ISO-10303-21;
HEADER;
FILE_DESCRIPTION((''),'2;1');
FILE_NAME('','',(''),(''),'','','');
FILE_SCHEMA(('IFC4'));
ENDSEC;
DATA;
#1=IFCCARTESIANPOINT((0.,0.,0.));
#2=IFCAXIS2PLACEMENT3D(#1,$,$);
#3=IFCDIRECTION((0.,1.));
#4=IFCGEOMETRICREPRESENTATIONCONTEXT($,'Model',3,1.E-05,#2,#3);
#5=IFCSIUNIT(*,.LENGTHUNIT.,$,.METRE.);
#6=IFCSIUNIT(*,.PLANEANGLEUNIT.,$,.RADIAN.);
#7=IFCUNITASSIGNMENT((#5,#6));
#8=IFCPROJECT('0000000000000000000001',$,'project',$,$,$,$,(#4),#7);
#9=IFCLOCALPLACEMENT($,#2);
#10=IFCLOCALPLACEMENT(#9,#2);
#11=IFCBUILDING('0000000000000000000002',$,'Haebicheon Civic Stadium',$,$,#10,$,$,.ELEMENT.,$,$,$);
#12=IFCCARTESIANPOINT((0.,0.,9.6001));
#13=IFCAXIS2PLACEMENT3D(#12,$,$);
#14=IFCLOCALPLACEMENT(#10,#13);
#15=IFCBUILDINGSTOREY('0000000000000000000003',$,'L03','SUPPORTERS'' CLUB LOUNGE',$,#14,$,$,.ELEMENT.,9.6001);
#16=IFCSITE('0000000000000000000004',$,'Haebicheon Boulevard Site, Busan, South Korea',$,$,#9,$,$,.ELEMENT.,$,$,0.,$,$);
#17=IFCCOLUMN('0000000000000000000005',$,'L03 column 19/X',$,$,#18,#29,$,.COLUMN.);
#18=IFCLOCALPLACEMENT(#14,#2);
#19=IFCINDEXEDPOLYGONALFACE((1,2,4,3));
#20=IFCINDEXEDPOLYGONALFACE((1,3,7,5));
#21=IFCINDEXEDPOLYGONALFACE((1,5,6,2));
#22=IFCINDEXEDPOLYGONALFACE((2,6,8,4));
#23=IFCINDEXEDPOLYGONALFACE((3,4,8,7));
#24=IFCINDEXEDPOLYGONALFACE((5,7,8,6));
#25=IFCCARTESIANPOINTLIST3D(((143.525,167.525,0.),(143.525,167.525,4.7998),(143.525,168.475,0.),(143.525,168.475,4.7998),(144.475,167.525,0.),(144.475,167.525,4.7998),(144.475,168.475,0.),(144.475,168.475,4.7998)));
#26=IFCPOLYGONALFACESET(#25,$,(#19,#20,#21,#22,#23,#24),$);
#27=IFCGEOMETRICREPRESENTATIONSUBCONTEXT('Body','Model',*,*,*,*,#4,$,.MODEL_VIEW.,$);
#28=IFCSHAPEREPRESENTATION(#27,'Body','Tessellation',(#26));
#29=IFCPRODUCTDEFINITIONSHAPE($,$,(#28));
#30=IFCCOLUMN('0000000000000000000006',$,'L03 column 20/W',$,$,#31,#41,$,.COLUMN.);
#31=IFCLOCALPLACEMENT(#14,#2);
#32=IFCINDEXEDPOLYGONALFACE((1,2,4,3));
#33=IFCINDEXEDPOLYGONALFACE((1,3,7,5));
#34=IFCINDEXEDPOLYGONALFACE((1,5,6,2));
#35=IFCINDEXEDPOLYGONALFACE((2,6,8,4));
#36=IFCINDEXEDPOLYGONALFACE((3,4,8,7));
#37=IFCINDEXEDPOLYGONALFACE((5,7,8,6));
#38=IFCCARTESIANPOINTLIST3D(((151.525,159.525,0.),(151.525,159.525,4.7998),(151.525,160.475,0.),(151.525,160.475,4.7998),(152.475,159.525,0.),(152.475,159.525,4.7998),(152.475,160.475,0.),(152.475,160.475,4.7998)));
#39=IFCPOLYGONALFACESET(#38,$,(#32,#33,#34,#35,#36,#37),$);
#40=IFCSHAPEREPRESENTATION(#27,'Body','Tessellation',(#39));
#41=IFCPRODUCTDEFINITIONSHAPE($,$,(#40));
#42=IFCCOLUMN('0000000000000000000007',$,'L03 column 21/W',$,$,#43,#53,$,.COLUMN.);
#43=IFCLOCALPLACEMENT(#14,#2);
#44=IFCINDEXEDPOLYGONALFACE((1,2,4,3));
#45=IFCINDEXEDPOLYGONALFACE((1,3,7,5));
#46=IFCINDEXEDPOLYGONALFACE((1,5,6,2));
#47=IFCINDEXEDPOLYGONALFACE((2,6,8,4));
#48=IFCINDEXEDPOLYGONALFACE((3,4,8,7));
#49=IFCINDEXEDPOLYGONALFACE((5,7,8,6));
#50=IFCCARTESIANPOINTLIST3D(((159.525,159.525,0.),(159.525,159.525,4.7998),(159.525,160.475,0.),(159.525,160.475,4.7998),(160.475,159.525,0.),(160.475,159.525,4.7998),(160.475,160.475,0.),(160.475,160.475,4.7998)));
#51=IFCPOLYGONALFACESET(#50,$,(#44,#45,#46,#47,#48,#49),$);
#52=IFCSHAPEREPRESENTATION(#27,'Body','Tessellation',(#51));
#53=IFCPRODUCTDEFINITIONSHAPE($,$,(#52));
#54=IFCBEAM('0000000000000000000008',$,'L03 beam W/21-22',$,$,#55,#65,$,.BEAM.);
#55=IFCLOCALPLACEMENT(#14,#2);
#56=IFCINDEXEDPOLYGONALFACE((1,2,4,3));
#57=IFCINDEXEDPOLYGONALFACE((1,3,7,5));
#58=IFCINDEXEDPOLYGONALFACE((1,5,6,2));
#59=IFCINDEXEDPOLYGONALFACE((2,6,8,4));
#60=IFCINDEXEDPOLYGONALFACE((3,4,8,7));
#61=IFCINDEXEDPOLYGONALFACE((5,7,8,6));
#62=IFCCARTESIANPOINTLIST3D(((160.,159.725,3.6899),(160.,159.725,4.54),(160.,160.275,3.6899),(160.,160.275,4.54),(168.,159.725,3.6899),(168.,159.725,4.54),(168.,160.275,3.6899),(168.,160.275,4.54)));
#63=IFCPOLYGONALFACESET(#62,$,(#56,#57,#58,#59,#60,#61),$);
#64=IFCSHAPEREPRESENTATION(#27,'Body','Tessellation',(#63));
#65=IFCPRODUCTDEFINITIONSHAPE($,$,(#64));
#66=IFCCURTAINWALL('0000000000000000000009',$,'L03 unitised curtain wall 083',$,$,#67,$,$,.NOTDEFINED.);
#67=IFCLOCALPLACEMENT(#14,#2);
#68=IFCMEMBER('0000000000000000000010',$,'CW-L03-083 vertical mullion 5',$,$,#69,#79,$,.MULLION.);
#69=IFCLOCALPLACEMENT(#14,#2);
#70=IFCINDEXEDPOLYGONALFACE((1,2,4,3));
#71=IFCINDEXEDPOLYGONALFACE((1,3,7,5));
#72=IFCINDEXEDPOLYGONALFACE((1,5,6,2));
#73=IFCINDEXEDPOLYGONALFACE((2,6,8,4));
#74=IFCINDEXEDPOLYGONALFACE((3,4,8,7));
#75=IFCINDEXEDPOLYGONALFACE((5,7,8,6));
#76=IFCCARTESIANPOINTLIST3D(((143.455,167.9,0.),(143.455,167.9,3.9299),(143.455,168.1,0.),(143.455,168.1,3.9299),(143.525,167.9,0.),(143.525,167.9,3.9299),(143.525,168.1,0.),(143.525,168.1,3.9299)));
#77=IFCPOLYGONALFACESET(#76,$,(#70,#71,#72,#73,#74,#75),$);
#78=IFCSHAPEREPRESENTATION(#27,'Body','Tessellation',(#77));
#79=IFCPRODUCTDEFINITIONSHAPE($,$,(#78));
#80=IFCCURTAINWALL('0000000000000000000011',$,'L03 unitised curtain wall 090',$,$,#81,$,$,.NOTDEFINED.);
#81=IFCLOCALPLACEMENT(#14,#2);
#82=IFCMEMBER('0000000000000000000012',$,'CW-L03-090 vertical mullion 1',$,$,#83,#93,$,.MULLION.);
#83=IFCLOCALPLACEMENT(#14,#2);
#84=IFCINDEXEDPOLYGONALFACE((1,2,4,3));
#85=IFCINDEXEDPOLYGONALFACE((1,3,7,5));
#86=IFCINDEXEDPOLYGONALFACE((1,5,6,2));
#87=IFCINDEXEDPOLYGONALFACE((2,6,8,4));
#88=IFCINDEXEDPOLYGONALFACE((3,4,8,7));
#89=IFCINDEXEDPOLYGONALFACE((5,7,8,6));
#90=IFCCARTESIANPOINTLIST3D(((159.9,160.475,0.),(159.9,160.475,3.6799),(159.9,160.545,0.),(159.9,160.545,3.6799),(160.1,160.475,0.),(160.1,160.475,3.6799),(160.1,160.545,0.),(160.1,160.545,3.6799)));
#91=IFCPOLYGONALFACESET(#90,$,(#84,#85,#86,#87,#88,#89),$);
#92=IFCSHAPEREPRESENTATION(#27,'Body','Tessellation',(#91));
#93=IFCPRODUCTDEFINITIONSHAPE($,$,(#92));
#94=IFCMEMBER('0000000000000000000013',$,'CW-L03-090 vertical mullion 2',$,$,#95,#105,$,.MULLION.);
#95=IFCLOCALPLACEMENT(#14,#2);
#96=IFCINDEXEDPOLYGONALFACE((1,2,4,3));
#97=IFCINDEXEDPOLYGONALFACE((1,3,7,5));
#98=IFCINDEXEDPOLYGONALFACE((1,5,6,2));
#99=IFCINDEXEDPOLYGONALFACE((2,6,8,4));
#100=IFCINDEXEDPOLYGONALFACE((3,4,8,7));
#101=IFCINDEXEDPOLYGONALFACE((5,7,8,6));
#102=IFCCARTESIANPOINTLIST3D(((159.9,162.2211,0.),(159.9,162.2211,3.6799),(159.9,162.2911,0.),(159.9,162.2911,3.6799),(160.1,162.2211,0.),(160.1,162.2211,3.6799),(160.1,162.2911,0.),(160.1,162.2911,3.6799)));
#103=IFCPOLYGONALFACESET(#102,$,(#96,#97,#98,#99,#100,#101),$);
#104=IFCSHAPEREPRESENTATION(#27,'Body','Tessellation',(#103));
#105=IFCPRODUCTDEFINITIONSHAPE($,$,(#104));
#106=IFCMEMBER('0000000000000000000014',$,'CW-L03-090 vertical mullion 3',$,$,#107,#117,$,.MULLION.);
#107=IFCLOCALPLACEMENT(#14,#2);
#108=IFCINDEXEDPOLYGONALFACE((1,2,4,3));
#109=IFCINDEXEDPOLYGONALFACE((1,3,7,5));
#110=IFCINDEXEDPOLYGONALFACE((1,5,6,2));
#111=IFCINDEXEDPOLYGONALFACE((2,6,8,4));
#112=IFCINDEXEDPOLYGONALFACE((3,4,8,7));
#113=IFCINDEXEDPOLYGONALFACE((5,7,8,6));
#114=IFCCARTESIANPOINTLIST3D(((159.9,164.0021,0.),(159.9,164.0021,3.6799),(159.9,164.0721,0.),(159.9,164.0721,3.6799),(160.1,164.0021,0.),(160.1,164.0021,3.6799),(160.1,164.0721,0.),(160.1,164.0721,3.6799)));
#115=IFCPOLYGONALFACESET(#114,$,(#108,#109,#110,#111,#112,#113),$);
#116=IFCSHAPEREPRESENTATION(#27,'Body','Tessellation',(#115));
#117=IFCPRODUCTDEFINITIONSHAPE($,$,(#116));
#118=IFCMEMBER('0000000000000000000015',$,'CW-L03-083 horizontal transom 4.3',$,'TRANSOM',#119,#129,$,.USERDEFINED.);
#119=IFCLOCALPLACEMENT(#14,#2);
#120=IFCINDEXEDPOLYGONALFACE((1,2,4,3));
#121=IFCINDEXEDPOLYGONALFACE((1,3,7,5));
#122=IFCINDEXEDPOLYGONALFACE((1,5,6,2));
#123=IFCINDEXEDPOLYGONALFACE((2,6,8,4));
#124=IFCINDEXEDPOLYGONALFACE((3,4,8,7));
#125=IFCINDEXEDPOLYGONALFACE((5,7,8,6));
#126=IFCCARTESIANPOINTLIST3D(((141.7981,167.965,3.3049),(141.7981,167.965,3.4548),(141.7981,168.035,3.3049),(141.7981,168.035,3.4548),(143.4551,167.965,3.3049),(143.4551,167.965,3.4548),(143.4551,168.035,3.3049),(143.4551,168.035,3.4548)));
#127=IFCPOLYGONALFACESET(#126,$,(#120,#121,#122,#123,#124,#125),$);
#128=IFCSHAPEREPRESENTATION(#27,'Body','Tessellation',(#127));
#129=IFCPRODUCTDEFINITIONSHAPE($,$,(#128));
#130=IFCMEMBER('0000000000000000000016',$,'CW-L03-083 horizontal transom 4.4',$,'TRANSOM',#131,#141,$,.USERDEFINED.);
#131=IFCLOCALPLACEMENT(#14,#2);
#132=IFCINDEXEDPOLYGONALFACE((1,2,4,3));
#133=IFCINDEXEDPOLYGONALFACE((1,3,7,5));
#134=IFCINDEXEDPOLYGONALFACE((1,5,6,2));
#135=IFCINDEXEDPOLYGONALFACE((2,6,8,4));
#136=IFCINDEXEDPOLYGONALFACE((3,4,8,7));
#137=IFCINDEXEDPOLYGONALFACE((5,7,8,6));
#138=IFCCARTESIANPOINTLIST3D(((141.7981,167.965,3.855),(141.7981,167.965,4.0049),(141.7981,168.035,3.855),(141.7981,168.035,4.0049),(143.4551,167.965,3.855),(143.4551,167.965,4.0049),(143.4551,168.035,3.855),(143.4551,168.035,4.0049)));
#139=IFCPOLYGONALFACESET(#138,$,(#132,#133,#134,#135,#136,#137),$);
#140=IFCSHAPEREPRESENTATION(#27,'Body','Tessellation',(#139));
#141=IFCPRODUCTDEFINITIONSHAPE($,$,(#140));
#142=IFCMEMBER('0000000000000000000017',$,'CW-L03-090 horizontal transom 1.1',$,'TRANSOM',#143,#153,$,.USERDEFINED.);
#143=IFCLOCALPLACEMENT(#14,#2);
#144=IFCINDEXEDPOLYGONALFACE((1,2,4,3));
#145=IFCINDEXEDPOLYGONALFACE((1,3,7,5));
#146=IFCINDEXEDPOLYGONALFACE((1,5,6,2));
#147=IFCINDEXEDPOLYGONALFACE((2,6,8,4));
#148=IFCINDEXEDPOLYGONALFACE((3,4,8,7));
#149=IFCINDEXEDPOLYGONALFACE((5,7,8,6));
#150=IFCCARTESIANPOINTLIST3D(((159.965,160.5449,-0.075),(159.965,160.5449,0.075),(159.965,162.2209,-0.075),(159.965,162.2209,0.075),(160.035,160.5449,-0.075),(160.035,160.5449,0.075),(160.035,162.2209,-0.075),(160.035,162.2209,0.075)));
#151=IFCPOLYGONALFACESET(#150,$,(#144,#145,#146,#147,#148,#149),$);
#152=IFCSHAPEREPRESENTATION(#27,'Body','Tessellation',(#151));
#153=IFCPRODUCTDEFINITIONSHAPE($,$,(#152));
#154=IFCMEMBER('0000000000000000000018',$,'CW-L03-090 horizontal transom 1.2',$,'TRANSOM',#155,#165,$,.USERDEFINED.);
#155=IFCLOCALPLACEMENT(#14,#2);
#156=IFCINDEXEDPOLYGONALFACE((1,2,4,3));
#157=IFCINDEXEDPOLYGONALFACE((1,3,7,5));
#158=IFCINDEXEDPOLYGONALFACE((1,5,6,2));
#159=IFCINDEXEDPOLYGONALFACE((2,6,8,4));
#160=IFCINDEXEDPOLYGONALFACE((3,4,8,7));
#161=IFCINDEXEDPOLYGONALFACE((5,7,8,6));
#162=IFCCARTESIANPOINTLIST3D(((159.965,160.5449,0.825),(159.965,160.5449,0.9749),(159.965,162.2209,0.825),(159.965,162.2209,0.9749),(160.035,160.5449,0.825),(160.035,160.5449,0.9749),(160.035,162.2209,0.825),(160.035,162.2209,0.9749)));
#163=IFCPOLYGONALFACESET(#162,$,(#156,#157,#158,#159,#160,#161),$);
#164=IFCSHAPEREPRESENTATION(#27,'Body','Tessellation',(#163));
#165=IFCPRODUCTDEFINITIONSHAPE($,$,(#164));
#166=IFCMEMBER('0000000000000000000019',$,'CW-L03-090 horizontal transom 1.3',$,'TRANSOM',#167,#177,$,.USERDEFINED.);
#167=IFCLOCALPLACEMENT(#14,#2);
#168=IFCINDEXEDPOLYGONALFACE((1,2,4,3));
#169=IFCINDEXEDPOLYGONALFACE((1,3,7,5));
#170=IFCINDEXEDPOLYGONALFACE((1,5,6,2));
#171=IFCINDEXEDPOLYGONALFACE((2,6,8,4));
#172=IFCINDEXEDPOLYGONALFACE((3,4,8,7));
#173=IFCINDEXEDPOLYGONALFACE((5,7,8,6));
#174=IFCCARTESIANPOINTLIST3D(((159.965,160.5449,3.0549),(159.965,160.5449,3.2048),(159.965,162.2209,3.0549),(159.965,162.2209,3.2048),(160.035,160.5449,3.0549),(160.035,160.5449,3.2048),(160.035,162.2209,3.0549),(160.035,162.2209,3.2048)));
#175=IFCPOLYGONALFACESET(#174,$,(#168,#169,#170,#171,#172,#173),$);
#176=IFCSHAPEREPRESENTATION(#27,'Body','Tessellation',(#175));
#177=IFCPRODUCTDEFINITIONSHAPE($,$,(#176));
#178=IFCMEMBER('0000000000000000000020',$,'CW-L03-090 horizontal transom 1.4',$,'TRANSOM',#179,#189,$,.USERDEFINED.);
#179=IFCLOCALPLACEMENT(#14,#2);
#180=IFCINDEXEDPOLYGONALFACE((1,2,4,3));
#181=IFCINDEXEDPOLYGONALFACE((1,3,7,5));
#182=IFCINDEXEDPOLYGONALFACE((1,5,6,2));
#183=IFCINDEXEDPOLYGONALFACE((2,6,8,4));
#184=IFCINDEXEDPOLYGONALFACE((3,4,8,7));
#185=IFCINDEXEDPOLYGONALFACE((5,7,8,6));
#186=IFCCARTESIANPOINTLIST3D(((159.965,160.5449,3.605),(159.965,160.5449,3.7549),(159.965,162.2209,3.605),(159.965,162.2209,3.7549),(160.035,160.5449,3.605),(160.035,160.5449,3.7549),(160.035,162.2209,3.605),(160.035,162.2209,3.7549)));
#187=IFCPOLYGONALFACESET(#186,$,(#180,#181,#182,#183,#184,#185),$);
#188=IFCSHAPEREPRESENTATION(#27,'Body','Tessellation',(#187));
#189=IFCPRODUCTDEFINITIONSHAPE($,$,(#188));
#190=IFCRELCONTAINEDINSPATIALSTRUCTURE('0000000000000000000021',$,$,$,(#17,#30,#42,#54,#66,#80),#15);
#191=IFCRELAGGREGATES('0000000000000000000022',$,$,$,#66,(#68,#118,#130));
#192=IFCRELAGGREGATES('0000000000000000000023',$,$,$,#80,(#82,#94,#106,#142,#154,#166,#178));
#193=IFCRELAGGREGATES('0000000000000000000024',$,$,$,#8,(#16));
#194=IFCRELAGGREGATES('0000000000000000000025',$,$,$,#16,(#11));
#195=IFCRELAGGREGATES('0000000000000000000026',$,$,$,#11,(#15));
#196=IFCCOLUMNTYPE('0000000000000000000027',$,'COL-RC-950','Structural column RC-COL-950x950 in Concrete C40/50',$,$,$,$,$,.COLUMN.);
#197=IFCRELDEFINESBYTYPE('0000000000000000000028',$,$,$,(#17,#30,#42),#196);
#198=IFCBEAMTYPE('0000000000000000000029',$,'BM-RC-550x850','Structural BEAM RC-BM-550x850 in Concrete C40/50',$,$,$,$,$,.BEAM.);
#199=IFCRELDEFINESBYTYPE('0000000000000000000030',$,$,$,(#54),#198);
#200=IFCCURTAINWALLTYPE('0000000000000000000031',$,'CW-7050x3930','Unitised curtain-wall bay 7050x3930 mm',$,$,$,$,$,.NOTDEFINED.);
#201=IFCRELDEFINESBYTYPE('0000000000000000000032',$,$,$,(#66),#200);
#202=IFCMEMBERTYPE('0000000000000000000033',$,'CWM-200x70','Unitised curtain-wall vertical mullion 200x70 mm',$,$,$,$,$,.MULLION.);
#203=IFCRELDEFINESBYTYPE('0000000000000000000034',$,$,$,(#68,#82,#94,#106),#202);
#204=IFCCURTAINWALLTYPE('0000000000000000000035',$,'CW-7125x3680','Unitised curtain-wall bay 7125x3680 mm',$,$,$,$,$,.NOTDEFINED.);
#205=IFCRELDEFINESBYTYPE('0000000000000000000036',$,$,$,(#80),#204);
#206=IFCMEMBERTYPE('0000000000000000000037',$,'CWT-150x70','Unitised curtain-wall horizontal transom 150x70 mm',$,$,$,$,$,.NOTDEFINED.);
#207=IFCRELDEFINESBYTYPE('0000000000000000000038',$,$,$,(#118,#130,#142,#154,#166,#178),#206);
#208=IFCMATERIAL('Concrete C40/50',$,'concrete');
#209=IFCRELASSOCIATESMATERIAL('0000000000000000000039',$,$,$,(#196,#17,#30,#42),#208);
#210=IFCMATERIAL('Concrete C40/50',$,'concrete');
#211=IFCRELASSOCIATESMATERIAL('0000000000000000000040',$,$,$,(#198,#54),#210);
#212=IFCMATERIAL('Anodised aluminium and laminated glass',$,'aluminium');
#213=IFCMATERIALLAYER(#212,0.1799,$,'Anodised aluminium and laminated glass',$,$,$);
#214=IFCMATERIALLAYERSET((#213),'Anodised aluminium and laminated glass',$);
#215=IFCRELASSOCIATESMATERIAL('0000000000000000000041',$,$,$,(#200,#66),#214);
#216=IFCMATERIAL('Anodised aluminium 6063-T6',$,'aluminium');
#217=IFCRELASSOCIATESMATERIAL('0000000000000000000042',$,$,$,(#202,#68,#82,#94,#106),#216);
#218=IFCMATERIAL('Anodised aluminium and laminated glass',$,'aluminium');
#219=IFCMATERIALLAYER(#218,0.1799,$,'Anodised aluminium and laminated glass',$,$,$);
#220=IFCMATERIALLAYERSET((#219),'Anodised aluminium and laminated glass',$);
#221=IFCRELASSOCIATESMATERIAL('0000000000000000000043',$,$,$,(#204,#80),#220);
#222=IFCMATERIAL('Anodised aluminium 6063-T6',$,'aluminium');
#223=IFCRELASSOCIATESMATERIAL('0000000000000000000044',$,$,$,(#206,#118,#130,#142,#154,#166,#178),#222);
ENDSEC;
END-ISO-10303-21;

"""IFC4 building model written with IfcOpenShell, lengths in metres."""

from ifc_helpers import new_model, si_unit, direction, frame, origin, origin_2d, place, context, subcontext, project, spatial, rectangle, extrude, material, layer, layer_set, material_profile, profile_set, type_object, element, aggregate, save


model = new_model("IFC4")

# Units and contexts
model_context = context("Model", 3, precision=1e-05, world=origin(), true_north=direction((0.0, 1.0)))
body_context = subcontext(model_context, "Body", "Model", "MODEL_VIEW")
ifc_project = project(units=[si_unit("LENGTHUNIT", "METRE"), si_unit("PLANEANGLEUNIT", "RADIAN")], contexts=[model_context])

# Site, building, storey
site_placement = place(None, origin())
site = spatial("IfcSite", under=ifc_project, at=site_placement, Name="Haebicheon Boulevard Site, Busan, South Korea", CompositionType="ELEMENT", RefElevation=0.0)
building_placement = place(site_placement, origin())
building = spatial("IfcBuilding", under=site, at=building_placement, Name="Haebicheon Civic Stadium", CompositionType="ELEMENT")
storey_placement = place(building_placement, frame((0.0, 0.0, 9.6001)))
storey = spatial("IfcBuildingStorey", under=building, at=storey_placement, Name="L03", Description="SUPPORTERS' CLUB LOUNGE", CompositionType="ELEMENT", Elevation=9.6001)

# Columns
ifc_material_1 = material(Name="Concrete C40/50", Category="concrete")
ifc_material_profile_1 = material_profile(ifc_material_1, rectangle(XDim=0.95, YDim=0.95, at=origin_2d()), Name="RC-COL-950x950")
ifc_profile_set_1 = profile_set([ifc_material_profile_1], Name="Concrete C40/50")
column_type = type_object("IfcColumnType", Name="COL-RC-950", Description="Structural column RC-COL-950x950 in Concrete C40/50", PredefinedType="COLUMN", material=ifc_profile_set_1)
for number, where, z_axis, x_axis, name in (
    (1, (144.0, 168.0, 0.0), (0.0, 0.0, 1.0), (1.0, 0.0, 0.0), "L03 column 19/X"),
    (2, (152.0, 160.0, 0.0), (0.0, 0.0, 1.0), (1.0, 0.0, 0.0), "L03 column 20/W"),
    (3, (160.0, 160.0, 0.0), (0.0, 0.0, 1.0), (1.0, 0.0, 0.0), "L03 column 21/W"),
):
    element("IfcColumn", number, at=place(storey_placement, frame(where, z_axis=z_axis, x_axis=x_axis)), inside=storey, type_object=column_type, material=ifc_profile_set_1, Name=name, PredefinedType="COLUMN", context=body_context, shape_type="SweptSolid", body=[
        extrude(rectangle(XDim=0.95, YDim=0.95, at=origin_2d()), origin(), (0.0, 0.0, 1.0), 4.7998),
    ])

# Beam
ifc_material_2 = material(Name="Concrete C40/50", Category="concrete")
ifc_material_profile_2 = material_profile(ifc_material_2, rectangle(XDim=0.55, YDim=0.8501, at=origin_2d()), Name="RC-BM-550x850")
ifc_profile_set_2 = profile_set([ifc_material_profile_2], Name="Concrete C40/50")
beam_type_1 = type_object("IfcBeamType", Name="BM-RC-550x850", Description="Structural BEAM RC-BM-550x850 in Concrete C40/50", PredefinedType="BEAM", material=ifc_profile_set_2)
beam_placement = place(storey_placement, frame((160.0, 160.0, 4.115), z_axis=(1.0, 0.0, 0.0), x_axis=(0.0, 1.0, 0.0)))
element("IfcBeam", 4, at=beam_placement, inside=storey, type_object=beam_type_1, material=ifc_profile_set_2, Name="L03 beam W/21-22", PredefinedType="BEAM", context=body_context, shape_type="SweptSolid", body=[
    extrude(rectangle(XDim=0.55, YDim=0.8501, at=origin_2d()), origin(), (0.0, 0.0, 1.0), 8.0),
])

# Curtain wall, member
ifc_material_3 = material(Name="Anodised aluminium and laminated glass", Category="aluminium")
ifc_layer_1 = layer(ifc_material_3, 0.1799, Name="Anodised aluminium and laminated glass")
ifc_layer_set_1 = layer_set([ifc_layer_1], Name="Anodised aluminium and laminated glass")
curtain_wall_type_1 = type_object("IfcCurtainWallType", Name="CW-7050x3930", Description="Unitised curtain-wall bay 7050x3930 mm", PredefinedType="NOTDEFINED", material=ifc_layer_set_1)
curtain_wall_1_placement = place(storey_placement, origin())
curtain_wall_1 = element("IfcCurtainWall", 5, at=curtain_wall_1_placement, inside=storey, type_object=curtain_wall_type_1, material=ifc_layer_set_1, Name="L03 unitised curtain wall 083", PredefinedType="NOTDEFINED")
ifc_material_4 = material(Name="Anodised aluminium 6063-T6", Category="aluminium")
ifc_material_profile_3 = material_profile(ifc_material_4, rectangle(XDim=0.0701, YDim=0.2, at=origin_2d()), Name="ALU-MULL-70x200")
ifc_profile_set_3 = profile_set([ifc_material_profile_3], Name="Anodised aluminium 6063-T6")
member_type_1 = type_object("IfcMemberType", Name="CWM-200x70", Description="Unitised curtain-wall vertical mullion 200x70 mm", PredefinedType="MULLION", material=ifc_profile_set_3)
member_1_placement = place(storey_placement, frame((143.49, 168.0, 0.0), z_axis=(0.0, 0.0, 1.0), x_axis=(1.0, 0.0, 0.0)))
member_1 = element("IfcMember", 6, at=member_1_placement, type_object=member_type_1, material=ifc_profile_set_3, Name="CW-L03-083 vertical mullion 5", PredefinedType="MULLION", context=body_context, shape_type="SweptSolid", body=[
    extrude(rectangle(XDim=0.0701, YDim=0.2, at=origin_2d()), origin(), (0.0, 0.0, 1.0), 3.9299),
])

# Curtain wall, members
ifc_material_5 = material(Name="Anodised aluminium and laminated glass", Category="aluminium")
ifc_layer_2 = layer(ifc_material_5, 0.1799, Name="Anodised aluminium and laminated glass")
ifc_layer_set_2 = layer_set([ifc_layer_2], Name="Anodised aluminium and laminated glass")
curtain_wall_type_2 = type_object("IfcCurtainWallType", Name="CW-7125x3680", Description="Unitised curtain-wall bay 7125x3680 mm", PredefinedType="NOTDEFINED", material=ifc_layer_set_2)
curtain_wall_2_placement = place(storey_placement, origin())
curtain_wall_2 = element("IfcCurtainWall", 7, at=curtain_wall_2_placement, inside=storey, type_object=curtain_wall_type_2, material=ifc_layer_set_2, Name="L03 unitised curtain wall 090", PredefinedType="NOTDEFINED")
member_2_placement = place(storey_placement, frame((160.0, 160.51, 0.0), z_axis=(0.0, 0.0, 1.0), x_axis=(0.0, 1.0, 0.0)))
member_2 = element("IfcMember", 8, at=member_2_placement, type_object=member_type_1, material=ifc_profile_set_3, Name="CW-L03-090 vertical mullion 1", PredefinedType="MULLION", context=body_context, shape_type="SweptSolid", body=[
    extrude(rectangle(XDim=0.0701, YDim=0.2, at=origin_2d()), origin(), (0.0, 0.0, 1.0), 3.6799),
])
member_3_placement = place(storey_placement, frame((160.0, 162.2561, 0.0), z_axis=(0.0, 0.0, 1.0), x_axis=(0.0, 1.0, 0.0)))
member_3 = element("IfcMember", 9, at=member_3_placement, type_object=member_type_1, material=ifc_profile_set_3, Name="CW-L03-090 vertical mullion 2", PredefinedType="MULLION", context=body_context, shape_type="SweptSolid", body=[
    extrude(rectangle(XDim=0.0701, YDim=0.2, at=origin_2d()), origin(), (0.0, 0.0, 1.0), 3.6799),
])
member_4_placement = place(storey_placement, frame((160.0, 164.0371, 0.0), z_axis=(0.0, 0.0, 1.0), x_axis=(0.0, 1.0, 0.0)))
member_4 = element("IfcMember", 10, at=member_4_placement, type_object=member_type_1, material=ifc_profile_set_3, Name="CW-L03-090 vertical mullion 3", PredefinedType="MULLION", context=body_context, shape_type="SweptSolid", body=[
    extrude(rectangle(XDim=0.0701, YDim=0.2, at=origin_2d()), origin(), (0.0, 0.0, 1.0), 3.6799),
])

# Members
ifc_material_6 = material(Name="Anodised aluminium 6063-T6", Category="aluminium")
ifc_material_profile_4 = material_profile(ifc_material_6, rectangle(XDim=0.0701, YDim=0.1499, at=origin_2d()), Name="ALU-TRAN-70x150")
ifc_profile_set_4 = profile_set([ifc_material_profile_4], Name="Anodised aluminium 6063-T6")
member_type_2 = type_object("IfcMemberType", Name="CWT-150x70", Description="Unitised curtain-wall horizontal transom 150x70 mm", PredefinedType="NOTDEFINED", material=ifc_profile_set_4)
member_5_placement = place(storey_placement, frame((141.7981, 168.0, 3.3799), z_axis=(1.0, 0.0, 0.0), x_axis=(0.0, 1.0, 0.0)))
member_5 = element("IfcMember", 11, at=member_5_placement, type_object=member_type_2, material=ifc_profile_set_4, Name="CW-L03-083 horizontal transom 4.3", ObjectType="TRANSOM", PredefinedType="USERDEFINED", context=body_context, shape_type="SweptSolid", body=[
    extrude(rectangle(XDim=0.0701, YDim=0.1499, at=origin_2d()), origin(), (0.0, 0.0, 1.0), 1.657),
])
member_6_placement = place(storey_placement, frame((141.7981, 168.0, 3.9299), z_axis=(1.0, 0.0, 0.0), x_axis=(0.0, 1.0, 0.0)))
member_6 = element("IfcMember", 12, at=member_6_placement, type_object=member_type_2, material=ifc_profile_set_4, Name="CW-L03-083 horizontal transom 4.4", ObjectType="TRANSOM", PredefinedType="USERDEFINED", context=body_context, shape_type="SweptSolid", body=[
    extrude(rectangle(XDim=0.0701, YDim=0.1499, at=origin_2d()), origin(), (0.0, 0.0, 1.0), 1.657),
])
member_7_placement = place(storey_placement, frame((160.0, 160.5449, 0.0), z_axis=(0.0, 1.0, 0.0), x_axis=(-1.0, 0.0, 0.0)))
member_7 = element("IfcMember", 13, at=member_7_placement, type_object=member_type_2, material=ifc_profile_set_4, Name="CW-L03-090 horizontal transom 1.1", ObjectType="TRANSOM", PredefinedType="USERDEFINED", context=body_context, shape_type="SweptSolid", body=[
    extrude(rectangle(XDim=0.0701, YDim=0.1499, at=origin_2d()), origin(), (0.0, 0.0, 1.0), 1.676),
])
member_8_placement = place(storey_placement, frame((160.0, 160.5449, 0.8999), z_axis=(0.0, 1.0, 0.0), x_axis=(-1.0, 0.0, 0.0)))
member_8 = element("IfcMember", 14, at=member_8_placement, type_object=member_type_2, material=ifc_profile_set_4, Name="CW-L03-090 horizontal transom 1.2", ObjectType="TRANSOM", PredefinedType="USERDEFINED", context=body_context, shape_type="SweptSolid", body=[
    extrude(rectangle(XDim=0.0701, YDim=0.1499, at=origin_2d()), origin(), (0.0, 0.0, 1.0), 1.676),
])
member_9_placement = place(storey_placement, frame((160.0, 160.5449, 3.1299), z_axis=(0.0, 1.0, 0.0), x_axis=(-1.0, 0.0, 0.0)))
member_9 = element("IfcMember", 15, at=member_9_placement, type_object=member_type_2, material=ifc_profile_set_4, Name="CW-L03-090 horizontal transom 1.3", ObjectType="TRANSOM", PredefinedType="USERDEFINED", context=body_context, shape_type="SweptSolid", body=[
    extrude(rectangle(XDim=0.0701, YDim=0.1499, at=origin_2d()), origin(), (0.0, 0.0, 1.0), 1.676),
])
member_10_placement = place(storey_placement, frame((160.0, 160.5449, 3.6799), z_axis=(0.0, 1.0, 0.0), x_axis=(-1.0, 0.0, 0.0)))
member_10 = element("IfcMember", 16, at=member_10_placement, type_object=member_type_2, material=ifc_profile_set_4, Name="CW-L03-090 horizontal transom 1.4", ObjectType="TRANSOM", PredefinedType="USERDEFINED", context=body_context, shape_type="SweptSolid", body=[
    extrude(rectangle(XDim=0.0701, YDim=0.1499, at=origin_2d()), origin(), (0.0, 0.0, 1.0), 1.676),
])

aggregate(curtain_wall_1, [member_1, member_5, member_6])
aggregate(curtain_wall_2, [member_2, member_3, member_4, member_7, member_8, member_9, member_10])

save(model, "model.ifc")
